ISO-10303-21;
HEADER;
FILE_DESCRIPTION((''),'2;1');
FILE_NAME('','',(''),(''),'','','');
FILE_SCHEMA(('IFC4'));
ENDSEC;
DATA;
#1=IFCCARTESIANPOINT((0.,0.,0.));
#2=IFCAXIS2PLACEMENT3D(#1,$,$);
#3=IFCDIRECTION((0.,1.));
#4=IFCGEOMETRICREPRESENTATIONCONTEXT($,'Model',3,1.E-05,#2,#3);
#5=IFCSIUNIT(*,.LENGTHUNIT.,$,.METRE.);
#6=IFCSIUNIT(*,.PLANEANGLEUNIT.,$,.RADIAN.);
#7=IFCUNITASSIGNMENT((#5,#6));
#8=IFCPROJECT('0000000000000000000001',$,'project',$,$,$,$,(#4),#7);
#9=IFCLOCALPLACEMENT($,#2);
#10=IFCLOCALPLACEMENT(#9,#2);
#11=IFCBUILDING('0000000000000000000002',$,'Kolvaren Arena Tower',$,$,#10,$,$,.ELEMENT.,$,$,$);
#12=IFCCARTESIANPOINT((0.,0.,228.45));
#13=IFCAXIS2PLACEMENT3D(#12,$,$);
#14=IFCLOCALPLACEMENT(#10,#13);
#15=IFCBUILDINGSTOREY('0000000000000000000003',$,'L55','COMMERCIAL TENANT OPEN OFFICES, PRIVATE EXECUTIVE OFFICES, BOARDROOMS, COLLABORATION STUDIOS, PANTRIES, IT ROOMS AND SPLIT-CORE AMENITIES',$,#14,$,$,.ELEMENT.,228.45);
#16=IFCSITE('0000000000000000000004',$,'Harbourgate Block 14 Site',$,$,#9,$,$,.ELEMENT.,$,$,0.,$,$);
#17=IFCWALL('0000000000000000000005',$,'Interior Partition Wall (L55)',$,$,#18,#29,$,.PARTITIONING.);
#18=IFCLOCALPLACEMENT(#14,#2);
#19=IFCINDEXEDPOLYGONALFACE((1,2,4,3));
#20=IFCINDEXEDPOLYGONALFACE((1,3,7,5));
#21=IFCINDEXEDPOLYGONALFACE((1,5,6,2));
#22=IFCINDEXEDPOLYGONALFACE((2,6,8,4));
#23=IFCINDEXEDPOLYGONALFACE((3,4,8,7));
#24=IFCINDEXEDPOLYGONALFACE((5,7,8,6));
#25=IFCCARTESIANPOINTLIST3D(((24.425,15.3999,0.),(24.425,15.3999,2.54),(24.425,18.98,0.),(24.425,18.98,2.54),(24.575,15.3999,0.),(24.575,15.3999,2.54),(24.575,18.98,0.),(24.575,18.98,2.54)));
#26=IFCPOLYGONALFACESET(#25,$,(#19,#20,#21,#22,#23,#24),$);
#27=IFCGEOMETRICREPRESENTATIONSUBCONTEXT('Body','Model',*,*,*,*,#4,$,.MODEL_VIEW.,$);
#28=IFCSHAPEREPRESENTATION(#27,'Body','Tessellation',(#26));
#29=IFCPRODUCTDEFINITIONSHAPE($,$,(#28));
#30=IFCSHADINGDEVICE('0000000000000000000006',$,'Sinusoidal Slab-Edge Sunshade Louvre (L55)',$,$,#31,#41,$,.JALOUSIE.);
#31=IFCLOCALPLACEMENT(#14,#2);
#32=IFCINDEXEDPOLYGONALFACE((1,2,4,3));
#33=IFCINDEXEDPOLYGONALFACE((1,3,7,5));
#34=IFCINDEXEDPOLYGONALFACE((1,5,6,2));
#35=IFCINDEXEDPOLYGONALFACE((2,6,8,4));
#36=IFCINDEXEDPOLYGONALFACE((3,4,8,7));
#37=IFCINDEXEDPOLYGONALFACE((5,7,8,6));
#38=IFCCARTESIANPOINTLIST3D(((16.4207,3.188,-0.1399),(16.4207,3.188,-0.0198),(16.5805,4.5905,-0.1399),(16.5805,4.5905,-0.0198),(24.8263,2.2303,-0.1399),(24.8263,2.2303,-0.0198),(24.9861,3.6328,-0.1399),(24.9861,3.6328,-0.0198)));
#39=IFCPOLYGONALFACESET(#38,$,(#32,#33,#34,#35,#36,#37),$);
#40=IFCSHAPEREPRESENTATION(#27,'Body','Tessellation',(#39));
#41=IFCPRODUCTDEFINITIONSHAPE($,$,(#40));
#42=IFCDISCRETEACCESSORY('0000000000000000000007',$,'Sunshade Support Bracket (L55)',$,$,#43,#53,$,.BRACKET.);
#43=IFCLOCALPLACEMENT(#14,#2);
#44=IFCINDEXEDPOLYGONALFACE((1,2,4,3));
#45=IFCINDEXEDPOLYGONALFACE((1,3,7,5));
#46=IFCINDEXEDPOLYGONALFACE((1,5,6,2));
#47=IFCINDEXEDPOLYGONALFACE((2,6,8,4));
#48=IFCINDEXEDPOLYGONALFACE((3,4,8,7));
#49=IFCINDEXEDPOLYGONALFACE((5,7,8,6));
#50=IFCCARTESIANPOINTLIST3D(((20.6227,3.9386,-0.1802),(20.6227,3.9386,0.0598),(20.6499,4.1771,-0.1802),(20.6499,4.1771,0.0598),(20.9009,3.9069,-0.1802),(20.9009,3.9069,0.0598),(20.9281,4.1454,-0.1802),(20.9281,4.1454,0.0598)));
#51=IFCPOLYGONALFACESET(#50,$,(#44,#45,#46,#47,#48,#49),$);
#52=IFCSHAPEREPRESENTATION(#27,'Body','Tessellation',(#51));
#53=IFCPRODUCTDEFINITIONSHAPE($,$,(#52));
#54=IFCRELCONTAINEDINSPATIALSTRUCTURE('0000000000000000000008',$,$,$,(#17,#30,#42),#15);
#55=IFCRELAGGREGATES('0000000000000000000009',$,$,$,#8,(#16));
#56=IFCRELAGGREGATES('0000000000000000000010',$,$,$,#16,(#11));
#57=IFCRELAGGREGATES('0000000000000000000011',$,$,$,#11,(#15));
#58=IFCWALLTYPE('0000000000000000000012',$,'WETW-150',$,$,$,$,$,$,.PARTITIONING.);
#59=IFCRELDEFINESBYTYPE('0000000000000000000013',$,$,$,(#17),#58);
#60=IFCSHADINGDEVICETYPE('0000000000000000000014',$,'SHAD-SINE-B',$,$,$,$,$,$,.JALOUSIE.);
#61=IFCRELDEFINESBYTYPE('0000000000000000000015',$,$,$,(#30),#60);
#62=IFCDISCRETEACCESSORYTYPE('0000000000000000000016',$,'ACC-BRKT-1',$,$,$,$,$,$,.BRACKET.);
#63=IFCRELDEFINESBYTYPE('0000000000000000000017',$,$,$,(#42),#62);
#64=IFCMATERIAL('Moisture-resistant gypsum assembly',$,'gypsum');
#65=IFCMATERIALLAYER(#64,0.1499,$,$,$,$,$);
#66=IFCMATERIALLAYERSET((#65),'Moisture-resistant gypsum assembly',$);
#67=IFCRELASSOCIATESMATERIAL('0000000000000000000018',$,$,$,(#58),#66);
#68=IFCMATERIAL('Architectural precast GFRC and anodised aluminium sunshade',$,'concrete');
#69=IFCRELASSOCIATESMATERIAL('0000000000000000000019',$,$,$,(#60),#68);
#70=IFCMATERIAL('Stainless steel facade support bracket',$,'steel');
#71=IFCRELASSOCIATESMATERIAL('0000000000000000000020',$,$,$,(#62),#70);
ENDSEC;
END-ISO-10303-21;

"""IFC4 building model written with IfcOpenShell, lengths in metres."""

from ifc_helpers import new_model, si_unit, direction, frame, frame_2d, origin, origin_2d, place, context, subcontext, project, spatial, rectangle, extrude, material, layer, layer_set, type_object, element, save


model = new_model("IFC4")

# Units and contexts
model_context = context("Model", 3, precision=1e-05, world=origin(), true_north=direction((0.0, 1.0)))
body_context = subcontext(model_context, "Body", "Model", "MODEL_VIEW")
ifc_project = project(units=[si_unit("LENGTHUNIT", "METRE"), si_unit("PLANEANGLEUNIT", "RADIAN")], contexts=[model_context])

# Site, building, storey
site_placement = place(None, origin())
site = spatial("IfcSite", under=ifc_project, at=site_placement, Name="Harbourgate Block 14 Site", CompositionType="ELEMENT", RefElevation=0.0)
building_placement = place(site_placement, origin())
building = spatial("IfcBuilding", under=site, at=building_placement, Name="Kolvaren Arena Tower", CompositionType="ELEMENT")
storey_placement = place(building_placement, frame((0.0, 0.0, 228.45)))
storey = spatial("IfcBuildingStorey", under=building, at=storey_placement, Name="L55", Description="COMMERCIAL TENANT OPEN OFFICES, PRIVATE EXECUTIVE OFFICES, BOARDROOMS, COLLABORATION STUDIOS, PANTRIES, IT ROOMS AND SPLIT-CORE AMENITIES", CompositionType="ELEMENT", Elevation=228.45)

# Wall
ifc_material_1 = material(Name="Moisture-resistant gypsum assembly", Category="gypsum")
ifc_layer_1 = layer(ifc_material_1, 0.1499)
ifc_layer_set_1 = layer_set([ifc_layer_1], Name="Moisture-resistant gypsum assembly")
wall_type_1 = type_object("IfcWallType", Name="WETW-150", PredefinedType="PARTITIONING", material=ifc_layer_set_1)
for number, where, z_axis, x_axis, name in (
    (1, (24.5, 15.3999, 0.0), (0.0, 0.0, 1.0), (0.0, 1.0, 0.0), "Interior Partition Wall (L55)"),
):
    element("IfcWall", number, at=place(storey_placement, frame(where, z_axis=z_axis, x_axis=x_axis)), inside=storey, type_object=wall_type_1, Name=name, PredefinedType="PARTITIONING", context=body_context, shape_type="SweptSolid", body=[
        extrude(rectangle(XDim=3.5801, YDim=0.1499, at=frame_2d((1.79, 0.0))), origin(), (0.0, 0.0, 1.0), 2.54),
    ])

# Shading device
ifc_material_2 = material(Name="Architectural precast GFRC and anodised aluminium sunshade", Category="concrete")
shading_device_type = type_object("IfcShadingDeviceType", Name="SHAD-SINE-B", PredefinedType="JALOUSIE", material=ifc_material_2)
shading_device_placement = place(storey_placement, frame((20.7034, 3.4104, -0.1399), z_axis=(0.0, 0.0, 1.0), x_axis=(-0.993572, 0.113205, 0.0)))
element("IfcShadingDevice", 2, at=shading_device_placement, inside=storey, type_object=shading_device_type, Name="Sinusoidal Slab-Edge Sunshade Louvre (L55)", PredefinedType="JALOUSIE", context=body_context, shape_type="SweptSolid", body=[
    extrude(rectangle(XDim=8.46, YDim=1.4116, at=origin_2d()), origin(), (0.0, 0.0, 1.0), 0.1201),
])

# Discrete accessory
ifc_material_3 = material(Name="Stainless steel facade support bracket", Category="steel")
discrete_accessory_type = type_object("IfcDiscreteAccessoryType", Name="ACC-BRKT-1", PredefinedType="BRACKET", material=ifc_material_3)
discrete_accessory_placement = place(storey_placement, frame((20.7754, 4.042, -0.1802), z_axis=(0.0, 0.0, 1.0), x_axis=(-0.993572, 0.113205, 0.0)))
element("IfcDiscreteAccessory", 3, at=discrete_accessory_placement, inside=storey, type_object=discrete_accessory_type, Name="Sunshade Support Bracket (L55)", PredefinedType="BRACKET", context=body_context, shape_type="SweptSolid", body=[
    extrude(rectangle(XDim=0.28, YDim=0.24, at=origin_2d()), origin(), (0.0, 0.0, 1.0), 0.24),
])

save(model, "model.ifc")
